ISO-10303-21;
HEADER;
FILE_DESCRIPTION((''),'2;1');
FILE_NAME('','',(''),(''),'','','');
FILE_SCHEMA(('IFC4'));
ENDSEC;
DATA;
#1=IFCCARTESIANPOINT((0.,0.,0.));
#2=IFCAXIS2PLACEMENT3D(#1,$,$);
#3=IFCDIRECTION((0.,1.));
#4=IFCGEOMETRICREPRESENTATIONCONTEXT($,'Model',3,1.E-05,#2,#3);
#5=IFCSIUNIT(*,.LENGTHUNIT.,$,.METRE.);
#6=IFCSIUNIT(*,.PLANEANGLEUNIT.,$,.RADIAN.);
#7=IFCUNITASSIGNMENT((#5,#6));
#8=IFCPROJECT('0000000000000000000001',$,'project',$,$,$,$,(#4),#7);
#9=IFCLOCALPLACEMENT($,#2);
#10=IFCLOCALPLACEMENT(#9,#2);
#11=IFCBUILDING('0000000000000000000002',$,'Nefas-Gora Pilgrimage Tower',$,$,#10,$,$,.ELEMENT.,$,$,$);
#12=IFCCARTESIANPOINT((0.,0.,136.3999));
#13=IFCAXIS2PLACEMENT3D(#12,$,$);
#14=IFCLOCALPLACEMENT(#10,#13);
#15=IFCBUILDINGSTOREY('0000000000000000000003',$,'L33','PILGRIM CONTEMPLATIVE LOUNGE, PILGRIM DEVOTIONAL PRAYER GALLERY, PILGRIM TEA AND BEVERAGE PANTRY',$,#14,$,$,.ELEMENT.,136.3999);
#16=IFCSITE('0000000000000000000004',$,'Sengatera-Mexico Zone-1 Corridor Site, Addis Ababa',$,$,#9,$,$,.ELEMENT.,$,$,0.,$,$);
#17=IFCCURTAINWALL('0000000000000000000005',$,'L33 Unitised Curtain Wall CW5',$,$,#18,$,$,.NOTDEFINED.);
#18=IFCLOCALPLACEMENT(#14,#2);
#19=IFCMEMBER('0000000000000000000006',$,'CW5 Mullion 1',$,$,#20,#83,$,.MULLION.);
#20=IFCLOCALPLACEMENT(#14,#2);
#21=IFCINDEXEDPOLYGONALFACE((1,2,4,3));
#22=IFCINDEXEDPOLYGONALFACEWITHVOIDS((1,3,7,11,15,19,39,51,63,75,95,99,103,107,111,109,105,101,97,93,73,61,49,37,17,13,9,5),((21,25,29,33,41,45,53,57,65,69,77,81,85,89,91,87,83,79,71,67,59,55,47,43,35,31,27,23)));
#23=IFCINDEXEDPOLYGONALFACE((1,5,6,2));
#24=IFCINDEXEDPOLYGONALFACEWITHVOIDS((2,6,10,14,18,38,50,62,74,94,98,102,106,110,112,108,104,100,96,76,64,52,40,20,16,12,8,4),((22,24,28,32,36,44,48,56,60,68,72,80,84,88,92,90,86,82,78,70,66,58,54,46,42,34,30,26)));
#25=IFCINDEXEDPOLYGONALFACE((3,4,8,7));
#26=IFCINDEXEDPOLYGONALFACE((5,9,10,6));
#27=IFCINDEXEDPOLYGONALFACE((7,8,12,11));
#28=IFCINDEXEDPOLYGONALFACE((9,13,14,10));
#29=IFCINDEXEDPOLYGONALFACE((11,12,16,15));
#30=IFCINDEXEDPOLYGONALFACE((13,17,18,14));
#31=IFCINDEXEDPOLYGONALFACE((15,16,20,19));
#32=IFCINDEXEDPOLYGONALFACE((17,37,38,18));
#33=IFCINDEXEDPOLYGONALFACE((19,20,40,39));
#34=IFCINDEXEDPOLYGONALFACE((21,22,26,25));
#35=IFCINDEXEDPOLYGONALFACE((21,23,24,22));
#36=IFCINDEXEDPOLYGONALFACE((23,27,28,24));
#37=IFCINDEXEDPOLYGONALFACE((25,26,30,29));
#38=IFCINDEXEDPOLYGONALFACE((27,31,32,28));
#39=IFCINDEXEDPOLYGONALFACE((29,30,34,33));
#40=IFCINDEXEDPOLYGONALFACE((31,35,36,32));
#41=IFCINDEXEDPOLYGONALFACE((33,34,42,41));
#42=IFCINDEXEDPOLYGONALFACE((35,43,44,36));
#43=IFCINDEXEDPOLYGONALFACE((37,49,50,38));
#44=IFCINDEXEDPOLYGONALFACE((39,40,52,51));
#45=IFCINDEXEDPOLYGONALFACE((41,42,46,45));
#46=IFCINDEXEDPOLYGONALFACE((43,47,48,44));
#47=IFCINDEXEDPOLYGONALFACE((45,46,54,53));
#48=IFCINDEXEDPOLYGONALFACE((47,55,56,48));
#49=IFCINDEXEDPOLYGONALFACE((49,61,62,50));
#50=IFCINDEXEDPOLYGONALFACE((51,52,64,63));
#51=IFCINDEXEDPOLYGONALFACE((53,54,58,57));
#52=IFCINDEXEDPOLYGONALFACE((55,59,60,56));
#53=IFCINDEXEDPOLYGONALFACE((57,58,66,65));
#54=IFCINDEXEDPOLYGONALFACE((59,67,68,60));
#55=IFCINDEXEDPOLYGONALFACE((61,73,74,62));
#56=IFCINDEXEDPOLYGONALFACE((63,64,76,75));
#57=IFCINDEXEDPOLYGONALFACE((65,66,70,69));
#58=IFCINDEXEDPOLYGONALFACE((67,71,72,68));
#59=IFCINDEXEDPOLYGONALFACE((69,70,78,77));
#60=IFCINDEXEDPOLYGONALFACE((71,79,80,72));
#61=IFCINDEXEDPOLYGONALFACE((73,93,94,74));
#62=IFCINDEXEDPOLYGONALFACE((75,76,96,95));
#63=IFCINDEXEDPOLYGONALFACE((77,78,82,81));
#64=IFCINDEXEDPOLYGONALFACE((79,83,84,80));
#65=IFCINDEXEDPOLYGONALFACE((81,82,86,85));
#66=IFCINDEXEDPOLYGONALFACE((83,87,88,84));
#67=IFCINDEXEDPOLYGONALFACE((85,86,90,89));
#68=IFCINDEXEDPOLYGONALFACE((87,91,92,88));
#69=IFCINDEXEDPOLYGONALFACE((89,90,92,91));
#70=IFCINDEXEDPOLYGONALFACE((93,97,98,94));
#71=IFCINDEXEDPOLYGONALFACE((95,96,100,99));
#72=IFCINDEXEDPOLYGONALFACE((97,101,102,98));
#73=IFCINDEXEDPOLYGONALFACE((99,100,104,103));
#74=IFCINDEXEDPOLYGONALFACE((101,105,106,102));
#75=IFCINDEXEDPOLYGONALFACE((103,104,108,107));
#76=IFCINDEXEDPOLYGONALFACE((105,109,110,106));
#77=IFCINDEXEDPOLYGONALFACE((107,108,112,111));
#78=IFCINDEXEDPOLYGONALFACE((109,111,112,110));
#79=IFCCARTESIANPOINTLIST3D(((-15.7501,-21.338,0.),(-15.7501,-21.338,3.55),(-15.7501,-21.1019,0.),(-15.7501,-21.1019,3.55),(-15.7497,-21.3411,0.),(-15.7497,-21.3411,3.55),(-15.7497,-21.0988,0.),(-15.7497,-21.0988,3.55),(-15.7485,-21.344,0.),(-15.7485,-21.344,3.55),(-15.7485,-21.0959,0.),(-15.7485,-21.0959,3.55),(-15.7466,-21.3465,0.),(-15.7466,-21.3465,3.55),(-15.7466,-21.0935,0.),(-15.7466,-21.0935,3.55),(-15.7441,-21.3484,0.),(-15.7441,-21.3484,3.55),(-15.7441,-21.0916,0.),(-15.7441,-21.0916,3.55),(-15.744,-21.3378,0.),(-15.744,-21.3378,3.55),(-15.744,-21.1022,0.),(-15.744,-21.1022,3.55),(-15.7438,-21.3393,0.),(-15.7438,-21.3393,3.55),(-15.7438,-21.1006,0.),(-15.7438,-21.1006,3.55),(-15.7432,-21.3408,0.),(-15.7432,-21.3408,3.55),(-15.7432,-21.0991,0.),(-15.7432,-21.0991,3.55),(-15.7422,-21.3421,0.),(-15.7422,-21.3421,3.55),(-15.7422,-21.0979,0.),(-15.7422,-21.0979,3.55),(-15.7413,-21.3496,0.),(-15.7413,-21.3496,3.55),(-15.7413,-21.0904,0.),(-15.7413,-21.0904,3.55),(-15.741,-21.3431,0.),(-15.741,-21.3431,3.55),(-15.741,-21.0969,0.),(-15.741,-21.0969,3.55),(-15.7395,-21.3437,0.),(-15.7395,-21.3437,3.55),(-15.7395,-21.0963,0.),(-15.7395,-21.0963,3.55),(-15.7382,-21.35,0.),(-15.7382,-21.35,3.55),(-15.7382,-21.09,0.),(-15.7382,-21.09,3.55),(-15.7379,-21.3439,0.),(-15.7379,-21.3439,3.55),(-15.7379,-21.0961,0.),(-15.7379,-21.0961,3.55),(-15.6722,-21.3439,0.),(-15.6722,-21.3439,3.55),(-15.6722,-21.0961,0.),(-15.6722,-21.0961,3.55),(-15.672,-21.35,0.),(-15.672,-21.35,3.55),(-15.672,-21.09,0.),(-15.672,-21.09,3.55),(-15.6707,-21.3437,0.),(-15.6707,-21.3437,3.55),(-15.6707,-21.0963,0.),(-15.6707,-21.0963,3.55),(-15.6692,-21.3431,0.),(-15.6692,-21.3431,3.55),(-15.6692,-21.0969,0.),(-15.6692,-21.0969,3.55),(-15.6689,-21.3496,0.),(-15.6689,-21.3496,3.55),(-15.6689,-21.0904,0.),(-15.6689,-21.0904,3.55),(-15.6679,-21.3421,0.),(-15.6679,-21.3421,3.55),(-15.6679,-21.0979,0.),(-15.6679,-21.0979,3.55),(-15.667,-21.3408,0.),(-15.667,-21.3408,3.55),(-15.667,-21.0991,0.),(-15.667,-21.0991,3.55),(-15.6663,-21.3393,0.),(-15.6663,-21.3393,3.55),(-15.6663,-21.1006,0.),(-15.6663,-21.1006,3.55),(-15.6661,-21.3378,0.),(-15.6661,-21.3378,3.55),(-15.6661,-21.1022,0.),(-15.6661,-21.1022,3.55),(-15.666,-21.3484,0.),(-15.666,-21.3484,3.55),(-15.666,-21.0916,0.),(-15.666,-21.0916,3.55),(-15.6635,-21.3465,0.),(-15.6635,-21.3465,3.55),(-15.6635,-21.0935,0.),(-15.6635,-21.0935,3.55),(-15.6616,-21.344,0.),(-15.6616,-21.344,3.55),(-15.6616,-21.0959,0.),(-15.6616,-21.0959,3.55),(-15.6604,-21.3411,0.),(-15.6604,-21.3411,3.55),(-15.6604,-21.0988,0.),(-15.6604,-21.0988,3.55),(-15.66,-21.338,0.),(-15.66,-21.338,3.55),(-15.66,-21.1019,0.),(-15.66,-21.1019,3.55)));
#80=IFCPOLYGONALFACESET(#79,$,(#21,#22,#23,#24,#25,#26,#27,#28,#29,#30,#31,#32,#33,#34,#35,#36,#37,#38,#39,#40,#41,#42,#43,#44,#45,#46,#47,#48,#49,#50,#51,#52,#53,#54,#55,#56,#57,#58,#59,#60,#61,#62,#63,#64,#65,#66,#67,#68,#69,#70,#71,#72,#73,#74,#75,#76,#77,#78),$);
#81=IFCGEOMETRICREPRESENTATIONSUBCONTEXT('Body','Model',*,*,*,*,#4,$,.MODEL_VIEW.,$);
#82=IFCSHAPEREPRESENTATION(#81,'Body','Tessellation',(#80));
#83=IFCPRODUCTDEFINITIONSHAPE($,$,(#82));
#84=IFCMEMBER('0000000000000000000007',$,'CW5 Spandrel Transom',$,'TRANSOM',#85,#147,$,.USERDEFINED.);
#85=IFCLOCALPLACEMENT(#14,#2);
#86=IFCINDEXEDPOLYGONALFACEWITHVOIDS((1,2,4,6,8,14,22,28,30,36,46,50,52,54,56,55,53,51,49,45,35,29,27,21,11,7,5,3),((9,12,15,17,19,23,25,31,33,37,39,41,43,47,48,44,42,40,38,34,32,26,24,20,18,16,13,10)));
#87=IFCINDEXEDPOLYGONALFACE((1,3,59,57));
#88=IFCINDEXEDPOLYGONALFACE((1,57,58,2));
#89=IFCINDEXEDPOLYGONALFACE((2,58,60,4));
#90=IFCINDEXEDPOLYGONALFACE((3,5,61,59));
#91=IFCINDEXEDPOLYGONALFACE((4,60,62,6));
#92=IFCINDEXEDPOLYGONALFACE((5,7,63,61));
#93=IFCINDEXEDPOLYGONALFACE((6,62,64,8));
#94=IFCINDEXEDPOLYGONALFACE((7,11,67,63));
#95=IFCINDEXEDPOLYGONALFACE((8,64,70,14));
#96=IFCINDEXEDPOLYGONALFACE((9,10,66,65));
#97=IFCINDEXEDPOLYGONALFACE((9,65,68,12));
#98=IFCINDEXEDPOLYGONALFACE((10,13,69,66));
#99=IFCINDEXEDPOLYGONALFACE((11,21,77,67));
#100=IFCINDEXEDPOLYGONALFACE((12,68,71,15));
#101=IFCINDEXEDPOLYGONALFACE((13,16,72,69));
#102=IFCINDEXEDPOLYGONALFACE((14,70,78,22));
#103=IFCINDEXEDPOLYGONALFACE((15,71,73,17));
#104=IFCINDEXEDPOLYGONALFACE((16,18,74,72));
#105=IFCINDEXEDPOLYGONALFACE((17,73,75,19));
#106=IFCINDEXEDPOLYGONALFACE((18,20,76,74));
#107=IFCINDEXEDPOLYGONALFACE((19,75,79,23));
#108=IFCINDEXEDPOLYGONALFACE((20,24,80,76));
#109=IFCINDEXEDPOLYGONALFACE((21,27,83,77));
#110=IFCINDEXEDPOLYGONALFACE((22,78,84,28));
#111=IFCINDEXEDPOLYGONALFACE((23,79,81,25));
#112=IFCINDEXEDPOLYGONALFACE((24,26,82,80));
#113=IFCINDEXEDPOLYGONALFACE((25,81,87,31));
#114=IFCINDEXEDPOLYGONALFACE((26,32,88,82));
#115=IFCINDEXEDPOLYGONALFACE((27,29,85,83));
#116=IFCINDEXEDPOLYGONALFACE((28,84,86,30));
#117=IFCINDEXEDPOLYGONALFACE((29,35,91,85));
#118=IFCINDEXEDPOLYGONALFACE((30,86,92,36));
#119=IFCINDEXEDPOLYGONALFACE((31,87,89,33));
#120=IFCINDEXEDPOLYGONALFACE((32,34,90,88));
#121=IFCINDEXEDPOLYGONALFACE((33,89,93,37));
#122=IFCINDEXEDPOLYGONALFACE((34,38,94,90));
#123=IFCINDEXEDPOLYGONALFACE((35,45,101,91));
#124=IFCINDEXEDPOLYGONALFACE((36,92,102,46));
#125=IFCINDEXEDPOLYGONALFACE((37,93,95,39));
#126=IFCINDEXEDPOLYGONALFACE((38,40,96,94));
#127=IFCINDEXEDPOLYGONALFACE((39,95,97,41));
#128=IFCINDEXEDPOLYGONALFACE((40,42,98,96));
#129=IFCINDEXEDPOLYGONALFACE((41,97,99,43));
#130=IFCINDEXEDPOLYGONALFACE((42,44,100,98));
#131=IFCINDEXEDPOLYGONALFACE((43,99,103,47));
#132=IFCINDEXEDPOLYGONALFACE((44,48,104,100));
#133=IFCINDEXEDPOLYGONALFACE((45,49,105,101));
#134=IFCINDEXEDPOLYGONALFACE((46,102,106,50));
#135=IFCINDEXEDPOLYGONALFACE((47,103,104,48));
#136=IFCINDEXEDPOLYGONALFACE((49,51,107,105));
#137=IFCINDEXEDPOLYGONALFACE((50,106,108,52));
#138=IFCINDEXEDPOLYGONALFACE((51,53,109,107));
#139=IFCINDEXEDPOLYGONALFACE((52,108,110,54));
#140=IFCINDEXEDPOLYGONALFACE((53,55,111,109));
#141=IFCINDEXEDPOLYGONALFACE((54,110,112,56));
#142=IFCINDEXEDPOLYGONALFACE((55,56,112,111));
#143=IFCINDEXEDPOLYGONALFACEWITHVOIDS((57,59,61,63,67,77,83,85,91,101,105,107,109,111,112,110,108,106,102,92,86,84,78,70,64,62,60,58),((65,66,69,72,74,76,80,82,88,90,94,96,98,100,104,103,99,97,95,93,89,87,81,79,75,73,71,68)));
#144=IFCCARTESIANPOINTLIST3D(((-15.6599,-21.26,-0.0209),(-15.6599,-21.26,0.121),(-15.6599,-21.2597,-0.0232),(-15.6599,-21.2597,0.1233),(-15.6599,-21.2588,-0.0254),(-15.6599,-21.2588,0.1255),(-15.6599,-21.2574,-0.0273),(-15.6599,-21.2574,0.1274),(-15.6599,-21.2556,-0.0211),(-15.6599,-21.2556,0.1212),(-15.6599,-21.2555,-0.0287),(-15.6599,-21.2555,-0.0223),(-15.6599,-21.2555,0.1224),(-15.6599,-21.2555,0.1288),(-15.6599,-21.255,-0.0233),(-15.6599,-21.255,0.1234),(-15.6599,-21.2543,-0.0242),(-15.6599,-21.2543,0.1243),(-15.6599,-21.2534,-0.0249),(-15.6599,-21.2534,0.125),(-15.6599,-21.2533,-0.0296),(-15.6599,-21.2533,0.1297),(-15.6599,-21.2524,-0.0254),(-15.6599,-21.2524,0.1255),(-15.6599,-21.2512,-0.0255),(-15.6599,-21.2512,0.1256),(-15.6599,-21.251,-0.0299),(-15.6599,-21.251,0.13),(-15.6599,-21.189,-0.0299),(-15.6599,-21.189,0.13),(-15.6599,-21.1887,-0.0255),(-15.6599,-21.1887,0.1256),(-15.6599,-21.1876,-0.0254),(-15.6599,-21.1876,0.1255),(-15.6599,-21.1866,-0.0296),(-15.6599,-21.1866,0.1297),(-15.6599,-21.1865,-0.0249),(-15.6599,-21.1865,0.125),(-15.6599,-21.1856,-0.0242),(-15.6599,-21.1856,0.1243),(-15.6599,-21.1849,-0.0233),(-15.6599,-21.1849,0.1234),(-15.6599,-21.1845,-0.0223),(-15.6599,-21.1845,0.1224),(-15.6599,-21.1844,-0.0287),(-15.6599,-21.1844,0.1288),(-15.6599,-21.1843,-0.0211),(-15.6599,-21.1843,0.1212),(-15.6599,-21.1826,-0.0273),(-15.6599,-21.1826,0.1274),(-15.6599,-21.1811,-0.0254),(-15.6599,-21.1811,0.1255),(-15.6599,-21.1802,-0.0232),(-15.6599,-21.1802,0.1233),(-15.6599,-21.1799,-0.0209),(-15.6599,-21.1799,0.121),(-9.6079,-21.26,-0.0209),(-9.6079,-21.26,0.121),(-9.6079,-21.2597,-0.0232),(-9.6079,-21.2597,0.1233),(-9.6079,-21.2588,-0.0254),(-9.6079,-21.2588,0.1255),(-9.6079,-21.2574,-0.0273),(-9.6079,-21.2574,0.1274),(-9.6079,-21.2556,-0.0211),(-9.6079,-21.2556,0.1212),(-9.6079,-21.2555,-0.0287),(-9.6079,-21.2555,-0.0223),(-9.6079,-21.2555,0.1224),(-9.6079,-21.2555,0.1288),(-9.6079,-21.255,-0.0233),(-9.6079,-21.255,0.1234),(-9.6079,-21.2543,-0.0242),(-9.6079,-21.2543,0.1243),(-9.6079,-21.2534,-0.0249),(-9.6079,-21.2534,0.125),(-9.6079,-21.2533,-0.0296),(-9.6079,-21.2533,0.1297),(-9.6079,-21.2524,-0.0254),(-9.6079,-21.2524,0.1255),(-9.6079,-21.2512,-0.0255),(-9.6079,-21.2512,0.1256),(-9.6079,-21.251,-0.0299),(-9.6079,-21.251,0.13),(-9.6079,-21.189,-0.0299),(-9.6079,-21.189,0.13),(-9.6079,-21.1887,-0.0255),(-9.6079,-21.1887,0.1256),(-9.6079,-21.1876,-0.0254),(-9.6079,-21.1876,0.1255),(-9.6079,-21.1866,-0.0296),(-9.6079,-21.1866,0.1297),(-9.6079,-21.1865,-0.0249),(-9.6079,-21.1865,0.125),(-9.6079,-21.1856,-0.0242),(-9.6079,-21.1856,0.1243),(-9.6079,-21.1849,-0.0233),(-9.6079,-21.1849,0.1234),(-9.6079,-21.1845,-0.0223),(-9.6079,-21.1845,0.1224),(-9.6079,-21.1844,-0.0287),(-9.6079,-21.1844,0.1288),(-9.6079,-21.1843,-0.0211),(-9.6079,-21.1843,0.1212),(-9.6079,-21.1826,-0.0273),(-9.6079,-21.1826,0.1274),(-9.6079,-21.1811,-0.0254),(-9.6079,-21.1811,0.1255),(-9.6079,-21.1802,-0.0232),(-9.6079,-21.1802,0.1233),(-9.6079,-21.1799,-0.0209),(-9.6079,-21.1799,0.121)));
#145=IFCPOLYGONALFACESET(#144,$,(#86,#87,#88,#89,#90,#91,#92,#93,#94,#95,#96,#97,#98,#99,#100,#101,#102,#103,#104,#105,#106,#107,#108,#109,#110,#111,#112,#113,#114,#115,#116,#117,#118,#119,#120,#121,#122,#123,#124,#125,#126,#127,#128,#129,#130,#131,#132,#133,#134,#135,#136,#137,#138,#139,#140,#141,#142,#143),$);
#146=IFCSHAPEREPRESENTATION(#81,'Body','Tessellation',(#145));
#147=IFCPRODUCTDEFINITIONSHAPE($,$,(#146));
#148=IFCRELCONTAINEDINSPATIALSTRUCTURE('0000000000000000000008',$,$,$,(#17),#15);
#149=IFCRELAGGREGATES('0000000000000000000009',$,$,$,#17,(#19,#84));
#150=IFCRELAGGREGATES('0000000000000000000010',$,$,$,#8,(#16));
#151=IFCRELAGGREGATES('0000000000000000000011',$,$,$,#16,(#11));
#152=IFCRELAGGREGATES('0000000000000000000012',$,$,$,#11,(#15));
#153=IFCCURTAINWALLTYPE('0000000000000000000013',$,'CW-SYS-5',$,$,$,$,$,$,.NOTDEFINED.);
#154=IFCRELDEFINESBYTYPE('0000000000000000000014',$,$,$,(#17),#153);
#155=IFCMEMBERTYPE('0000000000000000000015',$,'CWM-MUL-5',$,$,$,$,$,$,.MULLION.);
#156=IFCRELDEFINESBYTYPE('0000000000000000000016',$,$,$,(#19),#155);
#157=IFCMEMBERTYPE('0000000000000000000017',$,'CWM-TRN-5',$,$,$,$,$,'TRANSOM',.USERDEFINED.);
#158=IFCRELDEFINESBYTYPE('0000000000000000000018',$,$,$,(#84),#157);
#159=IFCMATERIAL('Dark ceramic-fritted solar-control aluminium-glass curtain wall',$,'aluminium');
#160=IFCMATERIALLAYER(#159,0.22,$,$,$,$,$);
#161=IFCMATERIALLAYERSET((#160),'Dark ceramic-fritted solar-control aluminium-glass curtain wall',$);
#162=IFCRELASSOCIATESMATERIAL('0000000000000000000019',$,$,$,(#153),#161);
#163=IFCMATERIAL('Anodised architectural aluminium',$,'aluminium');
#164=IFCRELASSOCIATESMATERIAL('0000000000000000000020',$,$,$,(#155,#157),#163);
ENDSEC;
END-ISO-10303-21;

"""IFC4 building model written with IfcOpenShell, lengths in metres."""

from ifc_helpers import new_model, si_unit, direction, frame, origin, origin_2d, place, context, subcontext, project, spatial, hollow_rectangle, extrude, source, transform, mapped, material, layer, layer_set, material_profile, profile_set, type_object, element, aggregate, save


model = new_model("IFC4")

# Units and contexts
model_context = context("Model", 3, precision=1e-05, world=origin(), true_north=direction((0.0, 1.0)))
body_context = subcontext(model_context, "Body", "Model", "MODEL_VIEW")
ifc_project = project(units=[si_unit("LENGTHUNIT", "METRE"), si_unit("PLANEANGLEUNIT", "RADIAN")], contexts=[model_context])

# Site, building, storey
site_placement = place(None, origin())
site = spatial("IfcSite", under=ifc_project, at=site_placement, Name="Sengatera-Mexico Zone-1 Corridor Site, Addis Ababa", CompositionType="ELEMENT", RefElevation=0.0)
building_placement = place(site_placement, origin())
building = spatial("IfcBuilding", under=site, at=building_placement, Name="Nefas-Gora Pilgrimage Tower", CompositionType="ELEMENT")
storey_placement = place(building_placement, frame((0.0, 0.0, 136.3999)))
storey = spatial("IfcBuildingStorey", under=building, at=storey_placement, Name="L33", Description="PILGRIM CONTEMPLATIVE LOUNGE, PILGRIM DEVOTIONAL PRAYER GALLERY, PILGRIM TEA AND BEVERAGE PANTRY", CompositionType="ELEMENT", Elevation=136.3999)

# Curtain wall, members
ifc_material_1 = material(Name="Dark ceramic-fritted solar-control aluminium-glass curtain wall", Category="aluminium")
ifc_layer_1 = layer(ifc_material_1, 0.22)
ifc_layer_set_1 = layer_set([ifc_layer_1], Name="Dark ceramic-fritted solar-control aluminium-glass curtain wall")
curtain_wall_type_1 = type_object("IfcCurtainWallType", Name="CW-SYS-5", PredefinedType="NOTDEFINED", material=ifc_layer_set_1)
curtain_wall_1_placement = place(storey_placement, origin())
curtain_wall_1 = element("IfcCurtainWall", 1, at=curtain_wall_1_placement, inside=storey, type_object=curtain_wall_type_1, Name="L33 Unitised Curtain Wall CW5", PredefinedType="NOTDEFINED")
ifc_material_2 = material(Name="Anodised architectural aluminium", Category="aluminium")
ifc_material_profile_1 = material_profile(ifc_material_2, hollow_rectangle(XDim=0.0901, YDim=0.26, WallThickness=0.0061, InnerFilletRadius=0.0061, OuterFilletRadius=0.012, at=origin_2d()), Name="ALU MULLION 90x260")
ifc_profile_set_1 = profile_set([ifc_material_profile_1], Name="Anodised architectural aluminium")
member_type_1 = type_object("IfcMemberType", Name="CWM-MUL-5", PredefinedType="MULLION", material=ifc_profile_set_1)
shared_shape_1 = source(origin(), body_context, "Body", "SweptSolid", [
    extrude(hollow_rectangle(XDim=0.0901, YDim=0.26, WallThickness=0.0061, InnerFilletRadius=0.0061, OuterFilletRadius=0.012, at=origin_2d()), origin(), (0.0, 0.0, 1.0), 3.55),
])
member_1_placement = place(storey_placement, frame((-15.7051, -21.22, 0.0), z_axis=(0.0, 0.0, 1.0), x_axis=(1.0, 0.0, 0.0)))
member_1 = element("IfcMember", 2, at=member_1_placement, type_object=member_type_1, Name="CW5 Mullion 1", PredefinedType="MULLION", context=body_context, shape_type="MappedRepresentation", body=[
    mapped(shared_shape_1, transform((0.0, 0.0, 0.0), x_axis=(1.0, 0.0, 0.0), y_axis=(0.0, 1.0, 0.0), z_axis=(0.0, 0.0, 1.0), scale=1.0)),
])
ifc_material_profile_2 = material_profile(ifc_material_2, hollow_rectangle(XDim=0.0801, YDim=0.1599, WallThickness=0.0044, InnerFilletRadius=0.0044, OuterFilletRadius=0.009, at=origin_2d()), Name="ALU TRANSOM 80x160")
ifc_profile_set_2 = profile_set([ifc_material_profile_2], Name="Anodised architectural aluminium")
member_type_2 = type_object("IfcMemberType", Name="CWM-TRN-5", ElementType="TRANSOM", PredefinedType="USERDEFINED", material=ifc_profile_set_2)
shared_shape_2 = source(origin(), body_context, "Body", "SweptSolid", [
    extrude(hollow_rectangle(XDim=0.0801, YDim=0.1599, WallThickness=0.0044, InnerFilletRadius=0.0044, OuterFilletRadius=0.009, at=origin_2d()), origin(), (0.0, 0.0, 1.0), 6.052),
])
member_2_placement = place(storey_placement, frame((-15.6599, -21.22, 0.05), z_axis=(1.0, 0.0, 0.0), x_axis=(0.0, 1.0, 0.0)))
member_2 = element("IfcMember", 3, at=member_2_placement, type_object=member_type_2, Name="CW5 Spandrel Transom", ObjectType="TRANSOM", PredefinedType="USERDEFINED", context=body_context, shape_type="MappedRepresentation", body=[
    mapped(shared_shape_2, transform((0.0, 0.0, 0.0), x_axis=(1.0, 0.0, 0.0), y_axis=(0.0, 1.0, 0.0), z_axis=(0.0, 0.0, 1.0), scale=1.0)),
])

aggregate(curtain_wall_1, [member_1, member_2])

save(model, "model.ifc")
